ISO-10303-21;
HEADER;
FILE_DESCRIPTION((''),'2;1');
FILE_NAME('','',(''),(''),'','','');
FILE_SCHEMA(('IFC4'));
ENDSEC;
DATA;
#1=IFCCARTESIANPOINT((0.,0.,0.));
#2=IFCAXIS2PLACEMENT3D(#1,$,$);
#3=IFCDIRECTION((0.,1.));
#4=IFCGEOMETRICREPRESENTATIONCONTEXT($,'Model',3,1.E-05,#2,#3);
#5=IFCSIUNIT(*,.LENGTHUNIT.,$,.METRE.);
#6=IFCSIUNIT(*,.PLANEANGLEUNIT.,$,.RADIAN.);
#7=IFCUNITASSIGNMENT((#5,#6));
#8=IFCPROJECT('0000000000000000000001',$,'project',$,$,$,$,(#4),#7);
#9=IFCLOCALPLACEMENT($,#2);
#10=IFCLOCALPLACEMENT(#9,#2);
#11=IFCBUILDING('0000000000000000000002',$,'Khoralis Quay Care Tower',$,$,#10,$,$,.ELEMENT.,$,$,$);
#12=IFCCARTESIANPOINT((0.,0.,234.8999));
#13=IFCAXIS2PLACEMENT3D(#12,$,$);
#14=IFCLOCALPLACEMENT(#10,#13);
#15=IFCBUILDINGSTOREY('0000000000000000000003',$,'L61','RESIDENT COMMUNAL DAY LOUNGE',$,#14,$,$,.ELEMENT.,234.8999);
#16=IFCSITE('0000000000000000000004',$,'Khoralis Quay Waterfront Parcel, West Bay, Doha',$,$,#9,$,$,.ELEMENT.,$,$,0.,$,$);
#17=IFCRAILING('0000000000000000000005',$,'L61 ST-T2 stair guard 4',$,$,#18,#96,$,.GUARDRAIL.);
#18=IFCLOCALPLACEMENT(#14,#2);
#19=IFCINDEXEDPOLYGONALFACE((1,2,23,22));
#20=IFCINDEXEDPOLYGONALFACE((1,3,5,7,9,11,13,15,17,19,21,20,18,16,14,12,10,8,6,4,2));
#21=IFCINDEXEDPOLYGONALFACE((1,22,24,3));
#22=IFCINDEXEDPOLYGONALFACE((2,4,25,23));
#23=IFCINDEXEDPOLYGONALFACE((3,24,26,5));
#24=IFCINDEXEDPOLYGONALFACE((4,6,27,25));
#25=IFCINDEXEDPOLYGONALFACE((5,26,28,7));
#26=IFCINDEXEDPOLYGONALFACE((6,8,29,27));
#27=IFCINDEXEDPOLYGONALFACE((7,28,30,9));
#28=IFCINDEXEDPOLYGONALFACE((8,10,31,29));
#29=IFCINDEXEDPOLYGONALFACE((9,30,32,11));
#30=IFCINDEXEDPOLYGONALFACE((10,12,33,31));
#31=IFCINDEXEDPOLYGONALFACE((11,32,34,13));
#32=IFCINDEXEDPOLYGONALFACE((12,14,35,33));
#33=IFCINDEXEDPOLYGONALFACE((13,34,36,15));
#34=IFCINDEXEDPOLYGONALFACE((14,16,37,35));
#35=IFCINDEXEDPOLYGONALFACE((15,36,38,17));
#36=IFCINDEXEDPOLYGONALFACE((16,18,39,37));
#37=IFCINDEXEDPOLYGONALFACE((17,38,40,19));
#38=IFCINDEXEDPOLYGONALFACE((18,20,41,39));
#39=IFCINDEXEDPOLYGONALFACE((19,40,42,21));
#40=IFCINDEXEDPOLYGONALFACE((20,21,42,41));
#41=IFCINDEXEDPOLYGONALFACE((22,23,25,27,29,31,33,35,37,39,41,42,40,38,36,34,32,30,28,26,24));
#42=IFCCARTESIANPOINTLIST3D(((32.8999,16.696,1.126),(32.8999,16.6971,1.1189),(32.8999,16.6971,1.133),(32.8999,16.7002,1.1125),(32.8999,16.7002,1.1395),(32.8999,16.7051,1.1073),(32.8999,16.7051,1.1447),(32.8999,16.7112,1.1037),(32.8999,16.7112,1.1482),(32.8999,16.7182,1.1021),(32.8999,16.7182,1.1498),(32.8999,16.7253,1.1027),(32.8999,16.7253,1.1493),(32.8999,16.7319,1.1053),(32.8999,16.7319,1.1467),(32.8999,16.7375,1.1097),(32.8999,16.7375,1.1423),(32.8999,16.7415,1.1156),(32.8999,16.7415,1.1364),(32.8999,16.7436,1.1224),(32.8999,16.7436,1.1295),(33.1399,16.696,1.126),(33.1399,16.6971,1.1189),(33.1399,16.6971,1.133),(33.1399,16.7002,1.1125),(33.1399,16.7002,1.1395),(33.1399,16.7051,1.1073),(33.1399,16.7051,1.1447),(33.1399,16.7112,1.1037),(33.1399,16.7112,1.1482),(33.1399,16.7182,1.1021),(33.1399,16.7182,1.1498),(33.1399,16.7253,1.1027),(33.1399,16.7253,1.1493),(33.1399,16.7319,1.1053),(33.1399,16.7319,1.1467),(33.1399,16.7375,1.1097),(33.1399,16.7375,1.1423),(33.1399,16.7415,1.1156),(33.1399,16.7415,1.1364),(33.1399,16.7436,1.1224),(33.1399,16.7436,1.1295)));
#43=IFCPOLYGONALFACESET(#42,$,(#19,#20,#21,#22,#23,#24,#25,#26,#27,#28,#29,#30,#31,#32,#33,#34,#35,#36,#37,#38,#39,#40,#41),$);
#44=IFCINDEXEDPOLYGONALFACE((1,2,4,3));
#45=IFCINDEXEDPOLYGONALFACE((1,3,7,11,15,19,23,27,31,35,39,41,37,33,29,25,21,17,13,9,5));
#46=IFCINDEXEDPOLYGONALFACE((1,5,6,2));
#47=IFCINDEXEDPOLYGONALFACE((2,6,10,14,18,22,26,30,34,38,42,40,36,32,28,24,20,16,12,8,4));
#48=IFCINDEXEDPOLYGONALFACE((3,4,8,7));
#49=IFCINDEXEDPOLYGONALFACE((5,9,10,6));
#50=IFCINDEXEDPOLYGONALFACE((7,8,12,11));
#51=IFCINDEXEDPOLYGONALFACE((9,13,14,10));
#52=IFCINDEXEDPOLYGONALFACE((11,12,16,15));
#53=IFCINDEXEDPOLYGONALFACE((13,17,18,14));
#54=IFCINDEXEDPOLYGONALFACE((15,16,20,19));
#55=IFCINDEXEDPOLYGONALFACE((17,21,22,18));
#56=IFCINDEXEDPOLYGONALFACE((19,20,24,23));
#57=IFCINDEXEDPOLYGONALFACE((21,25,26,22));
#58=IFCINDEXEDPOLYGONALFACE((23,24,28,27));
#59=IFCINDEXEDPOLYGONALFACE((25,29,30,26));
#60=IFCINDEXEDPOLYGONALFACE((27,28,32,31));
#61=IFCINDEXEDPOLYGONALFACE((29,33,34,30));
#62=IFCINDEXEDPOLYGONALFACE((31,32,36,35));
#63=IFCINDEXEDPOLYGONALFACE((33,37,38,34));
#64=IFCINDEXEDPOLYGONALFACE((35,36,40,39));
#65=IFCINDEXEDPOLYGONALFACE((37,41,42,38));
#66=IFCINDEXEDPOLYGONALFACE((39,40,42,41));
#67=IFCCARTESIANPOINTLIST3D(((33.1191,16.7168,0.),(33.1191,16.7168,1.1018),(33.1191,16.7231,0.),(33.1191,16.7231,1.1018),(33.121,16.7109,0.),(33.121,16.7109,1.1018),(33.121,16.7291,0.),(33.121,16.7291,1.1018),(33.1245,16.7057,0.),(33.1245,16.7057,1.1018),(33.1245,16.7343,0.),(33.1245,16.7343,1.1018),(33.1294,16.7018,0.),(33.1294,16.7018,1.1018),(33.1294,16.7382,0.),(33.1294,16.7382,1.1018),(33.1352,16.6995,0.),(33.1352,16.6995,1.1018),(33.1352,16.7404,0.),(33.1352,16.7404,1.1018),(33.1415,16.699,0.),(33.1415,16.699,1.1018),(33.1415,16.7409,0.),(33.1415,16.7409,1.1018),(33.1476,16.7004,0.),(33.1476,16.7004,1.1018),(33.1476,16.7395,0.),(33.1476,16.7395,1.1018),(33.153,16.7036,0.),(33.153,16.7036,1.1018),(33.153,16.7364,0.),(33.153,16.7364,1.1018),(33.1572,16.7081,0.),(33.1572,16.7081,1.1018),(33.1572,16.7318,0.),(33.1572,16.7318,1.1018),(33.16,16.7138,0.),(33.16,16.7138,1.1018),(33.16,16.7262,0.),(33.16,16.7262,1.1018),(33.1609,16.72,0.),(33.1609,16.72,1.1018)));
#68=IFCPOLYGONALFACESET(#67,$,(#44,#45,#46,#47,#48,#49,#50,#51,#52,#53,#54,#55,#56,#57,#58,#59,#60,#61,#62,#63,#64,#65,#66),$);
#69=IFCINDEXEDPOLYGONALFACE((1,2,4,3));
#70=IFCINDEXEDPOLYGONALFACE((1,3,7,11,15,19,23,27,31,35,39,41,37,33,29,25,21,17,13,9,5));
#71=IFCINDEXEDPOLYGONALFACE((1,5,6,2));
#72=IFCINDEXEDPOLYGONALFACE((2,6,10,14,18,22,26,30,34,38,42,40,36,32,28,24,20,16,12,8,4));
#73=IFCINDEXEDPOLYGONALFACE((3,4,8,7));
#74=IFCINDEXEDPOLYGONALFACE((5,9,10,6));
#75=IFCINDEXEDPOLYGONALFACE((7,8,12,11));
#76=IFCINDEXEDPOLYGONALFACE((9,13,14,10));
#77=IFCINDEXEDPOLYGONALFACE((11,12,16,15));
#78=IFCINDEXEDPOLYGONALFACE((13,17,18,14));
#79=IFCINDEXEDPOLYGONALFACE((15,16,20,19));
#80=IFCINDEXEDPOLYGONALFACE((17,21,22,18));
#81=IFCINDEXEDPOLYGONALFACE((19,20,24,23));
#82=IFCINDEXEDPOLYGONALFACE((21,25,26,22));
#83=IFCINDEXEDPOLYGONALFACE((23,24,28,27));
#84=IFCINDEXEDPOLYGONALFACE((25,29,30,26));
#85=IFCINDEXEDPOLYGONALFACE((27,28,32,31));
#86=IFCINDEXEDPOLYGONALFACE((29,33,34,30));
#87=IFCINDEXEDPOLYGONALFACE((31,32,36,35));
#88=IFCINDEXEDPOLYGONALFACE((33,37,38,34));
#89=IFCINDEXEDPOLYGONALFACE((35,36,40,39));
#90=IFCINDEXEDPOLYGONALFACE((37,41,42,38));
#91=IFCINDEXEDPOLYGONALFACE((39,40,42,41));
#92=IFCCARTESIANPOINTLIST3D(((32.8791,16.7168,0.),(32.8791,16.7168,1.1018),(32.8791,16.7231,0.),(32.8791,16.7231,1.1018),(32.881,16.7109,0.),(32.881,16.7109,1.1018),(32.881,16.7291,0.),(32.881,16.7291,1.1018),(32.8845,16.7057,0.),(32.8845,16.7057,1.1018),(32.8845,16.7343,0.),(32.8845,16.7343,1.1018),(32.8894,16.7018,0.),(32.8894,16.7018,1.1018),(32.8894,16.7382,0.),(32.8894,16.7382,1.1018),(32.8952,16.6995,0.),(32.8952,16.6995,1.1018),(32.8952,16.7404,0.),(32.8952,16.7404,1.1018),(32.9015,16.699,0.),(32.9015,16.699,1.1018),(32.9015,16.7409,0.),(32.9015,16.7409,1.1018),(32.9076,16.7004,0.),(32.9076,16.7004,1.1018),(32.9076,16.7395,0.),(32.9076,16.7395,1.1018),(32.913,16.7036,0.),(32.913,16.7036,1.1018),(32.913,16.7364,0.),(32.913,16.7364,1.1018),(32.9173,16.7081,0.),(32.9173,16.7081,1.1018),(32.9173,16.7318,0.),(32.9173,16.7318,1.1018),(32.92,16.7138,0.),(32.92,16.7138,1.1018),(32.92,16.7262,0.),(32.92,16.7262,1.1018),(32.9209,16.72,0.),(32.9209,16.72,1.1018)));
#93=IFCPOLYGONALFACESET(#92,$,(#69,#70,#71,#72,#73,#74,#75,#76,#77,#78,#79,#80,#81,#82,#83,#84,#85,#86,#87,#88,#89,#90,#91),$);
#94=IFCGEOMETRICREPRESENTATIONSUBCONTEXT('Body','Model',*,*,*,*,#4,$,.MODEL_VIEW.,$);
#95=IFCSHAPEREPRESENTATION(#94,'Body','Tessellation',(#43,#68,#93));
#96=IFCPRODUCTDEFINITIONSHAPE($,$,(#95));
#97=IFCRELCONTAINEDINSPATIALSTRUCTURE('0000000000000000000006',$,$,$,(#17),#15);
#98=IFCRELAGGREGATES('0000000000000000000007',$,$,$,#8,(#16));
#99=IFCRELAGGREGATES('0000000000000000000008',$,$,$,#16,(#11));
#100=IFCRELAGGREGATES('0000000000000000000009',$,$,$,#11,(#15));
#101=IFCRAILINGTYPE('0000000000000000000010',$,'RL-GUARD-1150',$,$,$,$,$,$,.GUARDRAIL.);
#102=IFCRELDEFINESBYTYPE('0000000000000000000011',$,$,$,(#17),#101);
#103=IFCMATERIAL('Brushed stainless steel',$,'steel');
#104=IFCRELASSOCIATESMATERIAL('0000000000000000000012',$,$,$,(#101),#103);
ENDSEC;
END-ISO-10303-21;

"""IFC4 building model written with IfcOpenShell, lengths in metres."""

from ifc_helpers import new_model, si_unit, direction, frame, origin, origin_2d, place, context, subcontext, project, spatial, circle, extrude, material, type_object, element, save


model = new_model("IFC4")

# Units and contexts
model_context = context("Model", 3, precision=1e-05, world=origin(), true_north=direction((0.0, 1.0)))
body_context = subcontext(model_context, "Body", "Model", "MODEL_VIEW")
ifc_project = project(units=[si_unit("LENGTHUNIT", "METRE"), si_unit("PLANEANGLEUNIT", "RADIAN")], contexts=[model_context])

# Site, building, storey
site_placement = place(None, origin())
site = spatial("IfcSite", under=ifc_project, at=site_placement, Name="Khoralis Quay Waterfront Parcel, West Bay, Doha", CompositionType="ELEMENT", RefElevation=0.0)
building_placement = place(site_placement, origin())
building = spatial("IfcBuilding", under=site, at=building_placement, Name="Khoralis Quay Care Tower", CompositionType="ELEMENT")
storey_placement = place(building_placement, frame((0.0, 0.0, 234.8999)))
storey = spatial("IfcBuildingStorey", under=building, at=storey_placement, Name="L61", Description="RESIDENT COMMUNAL DAY LOUNGE", CompositionType="ELEMENT", Elevation=234.8999)

# Shared definitions
ifc_material_1 = material(Name="Brushed stainless steel", Category="steel")

# Railing
railing_type_1 = type_object("IfcRailingType", Name="RL-GUARD-1150", PredefinedType="GUARDRAIL", material=ifc_material_1)
railing_1_placement = place(storey_placement, frame((33.1399, 16.72, 0.0)))
element("IfcRailing", 1, at=railing_1_placement, inside=storey, type_object=railing_type_1, Name="L61 ST-T2 stair guard 4", PredefinedType="GUARDRAIL", context=body_context, shape_type="SweptSolid", body=[
    extrude(circle(Radius=0.0239, at=origin_2d()), frame((0.0, 0.0, 1.126), z_axis=(-1.0, 0.0, 0.0), x_axis=(0.0, -1.0, 0.0)), (0.0, 0.0, 1.0), 0.24),
    extrude(circle(Radius=0.021, at=origin_2d()), origin(), (0.0, 0.0, 1.0), 1.1018),
    extrude(circle(Radius=0.021, at=origin_2d()), frame((-0.24, 0.0, 0.0)), (0.0, 0.0, 1.0), 1.1018),
])

save(model, "model.ifc")
